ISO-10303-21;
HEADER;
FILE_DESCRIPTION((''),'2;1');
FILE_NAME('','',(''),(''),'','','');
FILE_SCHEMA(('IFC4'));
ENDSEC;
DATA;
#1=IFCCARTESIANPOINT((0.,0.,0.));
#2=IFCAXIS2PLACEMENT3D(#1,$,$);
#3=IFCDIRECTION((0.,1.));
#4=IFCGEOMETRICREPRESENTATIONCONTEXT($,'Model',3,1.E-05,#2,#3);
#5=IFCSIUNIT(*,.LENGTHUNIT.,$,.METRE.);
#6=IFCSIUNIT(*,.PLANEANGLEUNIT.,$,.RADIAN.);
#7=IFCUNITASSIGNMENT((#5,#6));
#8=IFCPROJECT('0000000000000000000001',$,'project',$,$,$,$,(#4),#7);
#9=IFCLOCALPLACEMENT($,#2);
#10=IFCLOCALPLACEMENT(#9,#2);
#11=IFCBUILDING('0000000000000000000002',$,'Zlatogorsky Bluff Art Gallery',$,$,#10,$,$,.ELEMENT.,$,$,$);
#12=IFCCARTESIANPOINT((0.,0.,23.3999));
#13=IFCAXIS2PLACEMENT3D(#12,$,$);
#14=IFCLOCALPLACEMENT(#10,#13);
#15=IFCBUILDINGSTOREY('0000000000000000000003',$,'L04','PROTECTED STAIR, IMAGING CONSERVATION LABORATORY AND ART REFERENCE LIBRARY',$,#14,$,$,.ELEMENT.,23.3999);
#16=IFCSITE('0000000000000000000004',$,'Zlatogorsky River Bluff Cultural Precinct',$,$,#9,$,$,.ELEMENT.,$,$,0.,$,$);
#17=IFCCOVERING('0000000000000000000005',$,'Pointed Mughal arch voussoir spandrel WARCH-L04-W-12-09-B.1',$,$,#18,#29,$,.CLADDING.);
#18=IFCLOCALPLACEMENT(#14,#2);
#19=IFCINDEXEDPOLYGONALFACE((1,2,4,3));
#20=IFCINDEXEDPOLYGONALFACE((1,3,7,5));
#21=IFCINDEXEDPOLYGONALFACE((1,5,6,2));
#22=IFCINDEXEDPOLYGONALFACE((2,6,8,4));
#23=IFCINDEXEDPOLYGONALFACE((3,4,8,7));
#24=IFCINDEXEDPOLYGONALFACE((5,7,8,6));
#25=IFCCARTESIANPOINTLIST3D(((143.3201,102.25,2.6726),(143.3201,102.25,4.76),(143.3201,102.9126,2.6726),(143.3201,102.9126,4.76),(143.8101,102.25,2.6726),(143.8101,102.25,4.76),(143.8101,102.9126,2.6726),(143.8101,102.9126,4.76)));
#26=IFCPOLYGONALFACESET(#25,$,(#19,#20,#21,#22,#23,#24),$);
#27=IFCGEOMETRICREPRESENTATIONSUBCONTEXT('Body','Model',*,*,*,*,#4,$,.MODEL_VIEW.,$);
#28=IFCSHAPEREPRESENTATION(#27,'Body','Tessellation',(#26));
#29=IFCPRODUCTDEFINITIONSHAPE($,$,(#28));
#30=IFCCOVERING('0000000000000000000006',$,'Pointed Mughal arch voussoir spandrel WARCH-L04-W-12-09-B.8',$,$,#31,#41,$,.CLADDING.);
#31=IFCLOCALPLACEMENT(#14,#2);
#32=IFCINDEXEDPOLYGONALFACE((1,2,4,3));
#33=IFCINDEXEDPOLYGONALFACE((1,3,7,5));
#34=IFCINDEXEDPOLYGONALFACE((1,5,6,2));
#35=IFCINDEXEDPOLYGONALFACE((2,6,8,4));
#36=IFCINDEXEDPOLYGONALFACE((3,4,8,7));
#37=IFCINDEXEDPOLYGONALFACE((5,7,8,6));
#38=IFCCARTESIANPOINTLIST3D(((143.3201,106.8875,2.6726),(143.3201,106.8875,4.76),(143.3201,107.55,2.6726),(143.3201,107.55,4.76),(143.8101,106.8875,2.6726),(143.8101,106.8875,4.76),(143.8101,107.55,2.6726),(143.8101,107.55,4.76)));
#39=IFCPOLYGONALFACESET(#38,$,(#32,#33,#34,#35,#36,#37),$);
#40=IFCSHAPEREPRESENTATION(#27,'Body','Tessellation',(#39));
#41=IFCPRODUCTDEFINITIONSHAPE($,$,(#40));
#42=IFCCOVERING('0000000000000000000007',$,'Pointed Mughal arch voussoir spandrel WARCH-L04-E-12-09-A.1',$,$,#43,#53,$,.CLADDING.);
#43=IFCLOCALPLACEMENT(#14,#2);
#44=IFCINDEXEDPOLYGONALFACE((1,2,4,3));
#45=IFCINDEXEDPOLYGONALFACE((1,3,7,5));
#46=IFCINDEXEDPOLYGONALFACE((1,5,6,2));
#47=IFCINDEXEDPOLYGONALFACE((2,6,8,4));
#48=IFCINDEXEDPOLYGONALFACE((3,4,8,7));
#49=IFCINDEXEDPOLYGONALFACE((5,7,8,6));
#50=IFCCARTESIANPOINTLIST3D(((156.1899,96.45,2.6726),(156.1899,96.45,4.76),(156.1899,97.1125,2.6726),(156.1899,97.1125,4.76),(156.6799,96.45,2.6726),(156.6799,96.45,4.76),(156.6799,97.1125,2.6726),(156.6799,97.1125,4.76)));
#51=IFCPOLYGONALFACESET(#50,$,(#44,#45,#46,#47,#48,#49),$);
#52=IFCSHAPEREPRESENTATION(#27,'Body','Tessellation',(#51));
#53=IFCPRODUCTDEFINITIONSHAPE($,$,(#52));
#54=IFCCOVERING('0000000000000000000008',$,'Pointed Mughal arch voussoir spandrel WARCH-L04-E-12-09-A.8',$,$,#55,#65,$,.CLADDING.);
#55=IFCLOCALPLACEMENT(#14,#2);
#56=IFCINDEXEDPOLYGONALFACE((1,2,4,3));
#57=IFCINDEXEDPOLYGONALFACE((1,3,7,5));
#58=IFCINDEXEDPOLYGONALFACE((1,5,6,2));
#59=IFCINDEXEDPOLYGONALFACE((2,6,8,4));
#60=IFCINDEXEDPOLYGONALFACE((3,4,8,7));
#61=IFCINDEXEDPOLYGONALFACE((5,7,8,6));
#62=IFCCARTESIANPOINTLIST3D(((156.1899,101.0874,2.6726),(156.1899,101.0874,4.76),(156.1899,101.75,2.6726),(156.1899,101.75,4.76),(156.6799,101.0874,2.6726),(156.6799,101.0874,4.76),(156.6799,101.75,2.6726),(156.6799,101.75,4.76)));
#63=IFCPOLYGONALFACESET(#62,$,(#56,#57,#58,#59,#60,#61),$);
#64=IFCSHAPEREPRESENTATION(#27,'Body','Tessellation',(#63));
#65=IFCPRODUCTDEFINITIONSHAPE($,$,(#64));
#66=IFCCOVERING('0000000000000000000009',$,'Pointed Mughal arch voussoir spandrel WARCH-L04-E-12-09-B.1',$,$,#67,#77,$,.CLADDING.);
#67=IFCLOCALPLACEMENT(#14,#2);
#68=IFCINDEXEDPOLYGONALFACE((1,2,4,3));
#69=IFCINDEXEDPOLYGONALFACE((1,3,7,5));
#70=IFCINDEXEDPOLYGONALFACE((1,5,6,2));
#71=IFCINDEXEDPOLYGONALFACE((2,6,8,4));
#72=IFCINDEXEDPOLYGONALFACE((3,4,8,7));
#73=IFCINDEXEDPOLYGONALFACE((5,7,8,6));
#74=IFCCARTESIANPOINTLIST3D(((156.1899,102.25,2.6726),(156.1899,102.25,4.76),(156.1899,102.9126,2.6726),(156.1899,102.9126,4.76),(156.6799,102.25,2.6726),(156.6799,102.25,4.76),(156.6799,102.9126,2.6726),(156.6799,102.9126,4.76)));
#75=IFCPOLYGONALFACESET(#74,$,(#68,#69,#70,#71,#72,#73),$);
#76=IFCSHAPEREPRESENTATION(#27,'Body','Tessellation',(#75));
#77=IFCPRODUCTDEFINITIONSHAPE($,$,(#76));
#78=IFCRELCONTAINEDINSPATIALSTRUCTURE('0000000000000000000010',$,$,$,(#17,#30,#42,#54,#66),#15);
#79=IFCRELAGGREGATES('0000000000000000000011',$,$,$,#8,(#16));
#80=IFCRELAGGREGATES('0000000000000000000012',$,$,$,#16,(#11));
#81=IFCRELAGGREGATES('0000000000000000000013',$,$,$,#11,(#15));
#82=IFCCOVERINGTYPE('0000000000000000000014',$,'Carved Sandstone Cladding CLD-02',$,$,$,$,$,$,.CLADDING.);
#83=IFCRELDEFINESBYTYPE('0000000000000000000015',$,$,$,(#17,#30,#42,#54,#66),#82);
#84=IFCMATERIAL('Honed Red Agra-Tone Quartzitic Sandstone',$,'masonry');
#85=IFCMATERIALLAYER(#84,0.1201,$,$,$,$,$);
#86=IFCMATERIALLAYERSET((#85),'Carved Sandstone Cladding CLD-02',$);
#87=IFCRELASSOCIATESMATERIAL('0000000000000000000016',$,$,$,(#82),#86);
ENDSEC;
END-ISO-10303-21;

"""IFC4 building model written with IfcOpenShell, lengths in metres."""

from ifc_helpers import new_model, si_unit, direction, frame, origin, place, context, subcontext, project, spatial, polyline, outline, extrude, material, layer, layer_set, type_object, element, save


model = new_model("IFC4")

# Units and contexts
model_context = context("Model", 3, precision=1e-05, world=origin(), true_north=direction((0.0, 1.0)))
body_context = subcontext(model_context, "Body", "Model", "MODEL_VIEW")
ifc_project = project(units=[si_unit("LENGTHUNIT", "METRE"), si_unit("PLANEANGLEUNIT", "RADIAN")], contexts=[model_context])

# Site, building, storey
site_placement = place(None, origin())
site = spatial("IfcSite", under=ifc_project, at=site_placement, Name="Zlatogorsky River Bluff Cultural Precinct", CompositionType="ELEMENT", RefElevation=0.0)
building_placement = place(site_placement, origin())
building = spatial("IfcBuilding", under=site, at=building_placement, Name="Zlatogorsky Bluff Art Gallery", CompositionType="ELEMENT")
storey_placement = place(building_placement, frame((0.0, 0.0, 23.3999)))
storey = spatial("IfcBuildingStorey", under=building, at=storey_placement, Name="L04", Description="PROTECTED STAIR, IMAGING CONSERVATION LABORATORY AND ART REFERENCE LIBRARY", CompositionType="ELEMENT", Elevation=23.3999)

# Coverings
ifc_material = material(Name="Honed Red Agra-Tone Quartzitic Sandstone", Category="masonry")
ifc_layer = layer(ifc_material, 0.1201)
ifc_layer_set = layer_set([ifc_layer], Name="Carved Sandstone Cladding CLD-02")
covering_type = type_object("IfcCoveringType", Name="Carved Sandstone Cladding CLD-02", PredefinedType="CLADDING", material=ifc_layer_set)
covering_1_placement = place(storey_placement, frame((0.0, 0.0, 2.6726)))
element("IfcCovering", 1, at=covering_1_placement, inside=storey, type_object=covering_type, Name="Pointed Mughal arch voussoir spandrel WARCH-L04-W-12-09-B.1", PredefinedType="CLADDING", context=body_context, shape_type="SweptSolid", body=[
    extrude(outline(polyline([(143.3201, 102.25), (143.3201, 102.9126), (143.8101, 102.9126), (143.8101, 102.25), (143.3201, 102.25)])), origin(), (0.0, 0.0, 1.0), 2.0874),
])
covering_2_placement = place(storey_placement, frame((0.0, 0.0, 2.6726)))
element("IfcCovering", 2, at=covering_2_placement, inside=storey, type_object=covering_type, Name="Pointed Mughal arch voussoir spandrel WARCH-L04-W-12-09-B.8", PredefinedType="CLADDING", context=body_context, shape_type="SweptSolid", body=[
    extrude(outline(polyline([(143.3201, 106.8875), (143.3201, 107.55), (143.8101, 107.55), (143.8101, 106.8875), (143.3201, 106.8875)])), origin(), (0.0, 0.0, 1.0), 2.0874),
])
covering_3_placement = place(storey_placement, frame((0.0, 0.0, 2.6726)))
element("IfcCovering", 3, at=covering_3_placement, inside=storey, type_object=covering_type, Name="Pointed Mughal arch voussoir spandrel WARCH-L04-E-12-09-A.1", PredefinedType="CLADDING", context=body_context, shape_type="SweptSolid", body=[
    extrude(outline(polyline([(156.1899, 96.45), (156.1899, 97.1125), (156.6799, 97.1125), (156.6799, 96.45), (156.1899, 96.45)])), origin(), (0.0, 0.0, 1.0), 2.0874),
])
covering_4_placement = place(storey_placement, frame((0.0, 0.0, 2.6726)))
element("IfcCovering", 4, at=covering_4_placement, inside=storey, type_object=covering_type, Name="Pointed Mughal arch voussoir spandrel WARCH-L04-E-12-09-A.8", PredefinedType="CLADDING", context=body_context, shape_type="SweptSolid", body=[
    extrude(outline(polyline([(156.1899, 101.0874), (156.1899, 101.75), (156.6799, 101.75), (156.6799, 101.0874), (156.1899, 101.0874)])), origin(), (0.0, 0.0, 1.0), 2.0874),
])
covering_5_placement = place(storey_placement, frame((0.0, 0.0, 2.6726)))
element("IfcCovering", 5, at=covering_5_placement, inside=storey, type_object=covering_type, Name="Pointed Mughal arch voussoir spandrel WARCH-L04-E-12-09-B.1", PredefinedType="CLADDING", context=body_context, shape_type="SweptSolid", body=[
    extrude(outline(polyline([(156.1899, 102.25), (156.1899, 102.9126), (156.6799, 102.9126), (156.6799, 102.25), (156.1899, 102.25)])), origin(), (0.0, 0.0, 1.0), 2.0874),
])

save(model, "model.ifc")
